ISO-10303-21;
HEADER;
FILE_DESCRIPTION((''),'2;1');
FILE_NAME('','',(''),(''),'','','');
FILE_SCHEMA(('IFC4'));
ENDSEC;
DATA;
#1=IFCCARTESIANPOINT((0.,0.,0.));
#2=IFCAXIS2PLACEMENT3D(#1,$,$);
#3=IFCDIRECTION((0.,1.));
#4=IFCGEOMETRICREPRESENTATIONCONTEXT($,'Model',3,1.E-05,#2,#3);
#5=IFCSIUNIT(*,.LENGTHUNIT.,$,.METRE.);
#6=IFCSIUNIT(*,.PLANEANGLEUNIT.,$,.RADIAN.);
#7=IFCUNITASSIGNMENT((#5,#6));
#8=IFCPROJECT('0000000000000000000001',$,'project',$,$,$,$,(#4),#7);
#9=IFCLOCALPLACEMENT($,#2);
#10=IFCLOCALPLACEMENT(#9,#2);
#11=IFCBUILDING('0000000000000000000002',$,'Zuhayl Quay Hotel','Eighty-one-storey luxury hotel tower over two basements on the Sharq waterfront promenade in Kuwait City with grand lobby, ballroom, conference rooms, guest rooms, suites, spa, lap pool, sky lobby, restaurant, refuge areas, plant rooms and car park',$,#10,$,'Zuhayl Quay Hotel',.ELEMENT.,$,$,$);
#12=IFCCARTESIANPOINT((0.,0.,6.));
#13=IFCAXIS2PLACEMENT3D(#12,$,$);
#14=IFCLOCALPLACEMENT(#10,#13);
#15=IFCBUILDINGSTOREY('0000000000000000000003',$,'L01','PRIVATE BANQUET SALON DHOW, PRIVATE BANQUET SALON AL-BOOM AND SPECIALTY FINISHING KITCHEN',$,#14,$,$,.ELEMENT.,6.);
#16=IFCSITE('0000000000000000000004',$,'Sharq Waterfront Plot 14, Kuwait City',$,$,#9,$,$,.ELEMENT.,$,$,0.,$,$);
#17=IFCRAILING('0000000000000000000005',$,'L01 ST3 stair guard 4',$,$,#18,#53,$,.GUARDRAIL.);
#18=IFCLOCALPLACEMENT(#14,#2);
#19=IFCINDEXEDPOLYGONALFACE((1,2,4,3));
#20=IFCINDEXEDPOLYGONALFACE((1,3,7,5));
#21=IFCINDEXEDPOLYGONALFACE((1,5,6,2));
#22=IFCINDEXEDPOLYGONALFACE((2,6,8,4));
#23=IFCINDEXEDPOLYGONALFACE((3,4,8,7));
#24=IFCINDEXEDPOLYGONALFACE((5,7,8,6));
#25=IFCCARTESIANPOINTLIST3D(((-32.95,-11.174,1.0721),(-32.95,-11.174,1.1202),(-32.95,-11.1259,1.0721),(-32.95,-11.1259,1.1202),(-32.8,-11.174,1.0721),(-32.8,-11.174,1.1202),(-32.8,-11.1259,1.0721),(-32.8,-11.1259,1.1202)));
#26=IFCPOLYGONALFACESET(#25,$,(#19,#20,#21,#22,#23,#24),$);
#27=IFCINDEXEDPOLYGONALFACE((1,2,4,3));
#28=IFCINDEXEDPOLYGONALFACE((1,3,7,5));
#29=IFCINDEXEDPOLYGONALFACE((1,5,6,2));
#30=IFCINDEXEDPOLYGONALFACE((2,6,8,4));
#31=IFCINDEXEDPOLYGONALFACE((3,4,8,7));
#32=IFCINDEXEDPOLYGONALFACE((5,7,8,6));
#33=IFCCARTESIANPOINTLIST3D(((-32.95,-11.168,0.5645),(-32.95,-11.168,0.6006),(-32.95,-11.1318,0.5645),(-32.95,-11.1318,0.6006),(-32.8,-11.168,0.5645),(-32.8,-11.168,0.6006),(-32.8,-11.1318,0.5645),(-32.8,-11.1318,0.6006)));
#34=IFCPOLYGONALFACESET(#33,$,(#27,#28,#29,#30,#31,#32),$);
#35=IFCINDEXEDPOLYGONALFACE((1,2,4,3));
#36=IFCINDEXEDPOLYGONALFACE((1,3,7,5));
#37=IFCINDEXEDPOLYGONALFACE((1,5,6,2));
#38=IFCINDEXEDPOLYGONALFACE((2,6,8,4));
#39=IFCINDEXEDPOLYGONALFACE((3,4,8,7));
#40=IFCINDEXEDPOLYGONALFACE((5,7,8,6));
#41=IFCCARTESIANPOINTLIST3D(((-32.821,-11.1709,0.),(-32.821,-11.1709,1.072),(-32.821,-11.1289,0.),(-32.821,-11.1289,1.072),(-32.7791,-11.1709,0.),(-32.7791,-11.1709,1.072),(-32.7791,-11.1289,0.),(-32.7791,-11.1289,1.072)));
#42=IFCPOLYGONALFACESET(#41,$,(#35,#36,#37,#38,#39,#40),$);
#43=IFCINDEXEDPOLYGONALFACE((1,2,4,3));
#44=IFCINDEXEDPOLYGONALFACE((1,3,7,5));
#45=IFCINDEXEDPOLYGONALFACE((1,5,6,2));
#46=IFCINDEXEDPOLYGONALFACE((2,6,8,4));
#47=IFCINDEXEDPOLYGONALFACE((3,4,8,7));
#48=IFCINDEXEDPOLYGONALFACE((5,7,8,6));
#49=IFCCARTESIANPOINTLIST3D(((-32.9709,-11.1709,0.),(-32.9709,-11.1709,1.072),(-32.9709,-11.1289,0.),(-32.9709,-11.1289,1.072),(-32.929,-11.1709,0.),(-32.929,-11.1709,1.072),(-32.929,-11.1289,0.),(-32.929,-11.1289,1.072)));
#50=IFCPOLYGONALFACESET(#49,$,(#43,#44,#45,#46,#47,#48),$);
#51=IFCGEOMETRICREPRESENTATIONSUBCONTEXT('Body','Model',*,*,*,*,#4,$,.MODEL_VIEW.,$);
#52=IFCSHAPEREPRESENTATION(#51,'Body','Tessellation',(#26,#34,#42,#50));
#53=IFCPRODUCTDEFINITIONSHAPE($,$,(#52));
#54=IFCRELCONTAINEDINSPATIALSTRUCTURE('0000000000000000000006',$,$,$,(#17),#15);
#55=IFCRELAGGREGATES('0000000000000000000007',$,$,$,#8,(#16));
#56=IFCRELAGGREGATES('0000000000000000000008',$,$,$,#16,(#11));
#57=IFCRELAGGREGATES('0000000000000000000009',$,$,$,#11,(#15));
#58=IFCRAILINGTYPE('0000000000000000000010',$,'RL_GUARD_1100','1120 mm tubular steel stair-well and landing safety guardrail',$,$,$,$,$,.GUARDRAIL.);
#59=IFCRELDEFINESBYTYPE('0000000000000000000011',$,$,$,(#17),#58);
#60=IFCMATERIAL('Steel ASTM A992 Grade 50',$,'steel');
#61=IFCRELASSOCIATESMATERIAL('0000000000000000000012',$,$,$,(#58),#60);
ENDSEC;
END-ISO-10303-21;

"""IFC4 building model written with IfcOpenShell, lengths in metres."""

from ifc_helpers import new_model, si_unit, direction, frame, origin, origin_2d, place, context, subcontext, project, spatial, rectangle, extrude, material, type_object, element, save


model = new_model("IFC4")

# Units and contexts
model_context = context("Model", 3, precision=1e-05, world=origin(), true_north=direction((0.0, 1.0)))
body_context = subcontext(model_context, "Body", "Model", "MODEL_VIEW")
ifc_project = project(units=[si_unit("LENGTHUNIT", "METRE"), si_unit("PLANEANGLEUNIT", "RADIAN")], contexts=[model_context])

# Site, building, storey
site_placement = place(None, origin())
site = spatial("IfcSite", under=ifc_project, at=site_placement, Name="Sharq Waterfront Plot 14, Kuwait City", CompositionType="ELEMENT", RefElevation=0.0)
building_placement = place(site_placement, origin())
building = spatial("IfcBuilding", under=site, at=building_placement, Name="Zuhayl Quay Hotel", Description="Eighty-one-storey luxury hotel tower over two basements on the Sharq waterfront promenade in Kuwait City with grand lobby, ballroom, conference rooms, guest rooms, suites, spa, lap pool, sky lobby, restaurant, refuge areas, plant rooms and car park", LongName="Zuhayl Quay Hotel", CompositionType="ELEMENT")
storey_placement = place(building_placement, frame((0.0, 0.0, 6.0)))
storey = spatial("IfcBuildingStorey", under=building, at=storey_placement, Name="L01", Description="PRIVATE BANQUET SALON DHOW, PRIVATE BANQUET SALON AL-BOOM AND SPECIALTY FINISHING KITCHEN", CompositionType="ELEMENT", Elevation=6.0)

# Shared definitions
ifc_material_1 = material(Name="Steel ASTM A992 Grade 50", Category="steel")

# Railing
railing_type = type_object("IfcRailingType", Name="RL_GUARD_1100", Description="1120 mm tubular steel stair-well and landing safety guardrail", PredefinedType="GUARDRAIL", material=ifc_material_1)
railing_placement = place(storey_placement, frame((-32.8, -11.1499, 0.0)))
element("IfcRailing", 1, at=railing_placement, inside=storey, type_object=railing_type, Name="L01 ST3 stair guard 4", PredefinedType="GUARDRAIL", context=body_context, shape_type="SweptSolid", body=[
    extrude(rectangle(XDim=0.0481, YDim=0.0481, at=origin_2d()), frame((0.0, 0.0, 1.0962), z_axis=(-1.0, 0.0, 0.0), x_axis=(0.0, -1.0, 0.0)), (0.0, 0.0, 1.0), 0.1499),
    extrude(rectangle(XDim=0.0361, YDim=0.0361, at=origin_2d()), frame((0.0, 0.0, 0.5825), z_axis=(-1.0, 0.0, 0.0), x_axis=(0.0, -1.0, 0.0)), (0.0, 0.0, 1.0), 0.1499),
    extrude(rectangle(XDim=0.042, YDim=0.042, at=origin_2d()), origin(), (0.0, 0.0, 1.0), 1.072),
    extrude(rectangle(XDim=0.042, YDim=0.042, at=origin_2d()), frame((-0.1499, 0.0, 0.0)), (0.0, 0.0, 1.0), 1.072),
])

save(model, "model.ifc")
